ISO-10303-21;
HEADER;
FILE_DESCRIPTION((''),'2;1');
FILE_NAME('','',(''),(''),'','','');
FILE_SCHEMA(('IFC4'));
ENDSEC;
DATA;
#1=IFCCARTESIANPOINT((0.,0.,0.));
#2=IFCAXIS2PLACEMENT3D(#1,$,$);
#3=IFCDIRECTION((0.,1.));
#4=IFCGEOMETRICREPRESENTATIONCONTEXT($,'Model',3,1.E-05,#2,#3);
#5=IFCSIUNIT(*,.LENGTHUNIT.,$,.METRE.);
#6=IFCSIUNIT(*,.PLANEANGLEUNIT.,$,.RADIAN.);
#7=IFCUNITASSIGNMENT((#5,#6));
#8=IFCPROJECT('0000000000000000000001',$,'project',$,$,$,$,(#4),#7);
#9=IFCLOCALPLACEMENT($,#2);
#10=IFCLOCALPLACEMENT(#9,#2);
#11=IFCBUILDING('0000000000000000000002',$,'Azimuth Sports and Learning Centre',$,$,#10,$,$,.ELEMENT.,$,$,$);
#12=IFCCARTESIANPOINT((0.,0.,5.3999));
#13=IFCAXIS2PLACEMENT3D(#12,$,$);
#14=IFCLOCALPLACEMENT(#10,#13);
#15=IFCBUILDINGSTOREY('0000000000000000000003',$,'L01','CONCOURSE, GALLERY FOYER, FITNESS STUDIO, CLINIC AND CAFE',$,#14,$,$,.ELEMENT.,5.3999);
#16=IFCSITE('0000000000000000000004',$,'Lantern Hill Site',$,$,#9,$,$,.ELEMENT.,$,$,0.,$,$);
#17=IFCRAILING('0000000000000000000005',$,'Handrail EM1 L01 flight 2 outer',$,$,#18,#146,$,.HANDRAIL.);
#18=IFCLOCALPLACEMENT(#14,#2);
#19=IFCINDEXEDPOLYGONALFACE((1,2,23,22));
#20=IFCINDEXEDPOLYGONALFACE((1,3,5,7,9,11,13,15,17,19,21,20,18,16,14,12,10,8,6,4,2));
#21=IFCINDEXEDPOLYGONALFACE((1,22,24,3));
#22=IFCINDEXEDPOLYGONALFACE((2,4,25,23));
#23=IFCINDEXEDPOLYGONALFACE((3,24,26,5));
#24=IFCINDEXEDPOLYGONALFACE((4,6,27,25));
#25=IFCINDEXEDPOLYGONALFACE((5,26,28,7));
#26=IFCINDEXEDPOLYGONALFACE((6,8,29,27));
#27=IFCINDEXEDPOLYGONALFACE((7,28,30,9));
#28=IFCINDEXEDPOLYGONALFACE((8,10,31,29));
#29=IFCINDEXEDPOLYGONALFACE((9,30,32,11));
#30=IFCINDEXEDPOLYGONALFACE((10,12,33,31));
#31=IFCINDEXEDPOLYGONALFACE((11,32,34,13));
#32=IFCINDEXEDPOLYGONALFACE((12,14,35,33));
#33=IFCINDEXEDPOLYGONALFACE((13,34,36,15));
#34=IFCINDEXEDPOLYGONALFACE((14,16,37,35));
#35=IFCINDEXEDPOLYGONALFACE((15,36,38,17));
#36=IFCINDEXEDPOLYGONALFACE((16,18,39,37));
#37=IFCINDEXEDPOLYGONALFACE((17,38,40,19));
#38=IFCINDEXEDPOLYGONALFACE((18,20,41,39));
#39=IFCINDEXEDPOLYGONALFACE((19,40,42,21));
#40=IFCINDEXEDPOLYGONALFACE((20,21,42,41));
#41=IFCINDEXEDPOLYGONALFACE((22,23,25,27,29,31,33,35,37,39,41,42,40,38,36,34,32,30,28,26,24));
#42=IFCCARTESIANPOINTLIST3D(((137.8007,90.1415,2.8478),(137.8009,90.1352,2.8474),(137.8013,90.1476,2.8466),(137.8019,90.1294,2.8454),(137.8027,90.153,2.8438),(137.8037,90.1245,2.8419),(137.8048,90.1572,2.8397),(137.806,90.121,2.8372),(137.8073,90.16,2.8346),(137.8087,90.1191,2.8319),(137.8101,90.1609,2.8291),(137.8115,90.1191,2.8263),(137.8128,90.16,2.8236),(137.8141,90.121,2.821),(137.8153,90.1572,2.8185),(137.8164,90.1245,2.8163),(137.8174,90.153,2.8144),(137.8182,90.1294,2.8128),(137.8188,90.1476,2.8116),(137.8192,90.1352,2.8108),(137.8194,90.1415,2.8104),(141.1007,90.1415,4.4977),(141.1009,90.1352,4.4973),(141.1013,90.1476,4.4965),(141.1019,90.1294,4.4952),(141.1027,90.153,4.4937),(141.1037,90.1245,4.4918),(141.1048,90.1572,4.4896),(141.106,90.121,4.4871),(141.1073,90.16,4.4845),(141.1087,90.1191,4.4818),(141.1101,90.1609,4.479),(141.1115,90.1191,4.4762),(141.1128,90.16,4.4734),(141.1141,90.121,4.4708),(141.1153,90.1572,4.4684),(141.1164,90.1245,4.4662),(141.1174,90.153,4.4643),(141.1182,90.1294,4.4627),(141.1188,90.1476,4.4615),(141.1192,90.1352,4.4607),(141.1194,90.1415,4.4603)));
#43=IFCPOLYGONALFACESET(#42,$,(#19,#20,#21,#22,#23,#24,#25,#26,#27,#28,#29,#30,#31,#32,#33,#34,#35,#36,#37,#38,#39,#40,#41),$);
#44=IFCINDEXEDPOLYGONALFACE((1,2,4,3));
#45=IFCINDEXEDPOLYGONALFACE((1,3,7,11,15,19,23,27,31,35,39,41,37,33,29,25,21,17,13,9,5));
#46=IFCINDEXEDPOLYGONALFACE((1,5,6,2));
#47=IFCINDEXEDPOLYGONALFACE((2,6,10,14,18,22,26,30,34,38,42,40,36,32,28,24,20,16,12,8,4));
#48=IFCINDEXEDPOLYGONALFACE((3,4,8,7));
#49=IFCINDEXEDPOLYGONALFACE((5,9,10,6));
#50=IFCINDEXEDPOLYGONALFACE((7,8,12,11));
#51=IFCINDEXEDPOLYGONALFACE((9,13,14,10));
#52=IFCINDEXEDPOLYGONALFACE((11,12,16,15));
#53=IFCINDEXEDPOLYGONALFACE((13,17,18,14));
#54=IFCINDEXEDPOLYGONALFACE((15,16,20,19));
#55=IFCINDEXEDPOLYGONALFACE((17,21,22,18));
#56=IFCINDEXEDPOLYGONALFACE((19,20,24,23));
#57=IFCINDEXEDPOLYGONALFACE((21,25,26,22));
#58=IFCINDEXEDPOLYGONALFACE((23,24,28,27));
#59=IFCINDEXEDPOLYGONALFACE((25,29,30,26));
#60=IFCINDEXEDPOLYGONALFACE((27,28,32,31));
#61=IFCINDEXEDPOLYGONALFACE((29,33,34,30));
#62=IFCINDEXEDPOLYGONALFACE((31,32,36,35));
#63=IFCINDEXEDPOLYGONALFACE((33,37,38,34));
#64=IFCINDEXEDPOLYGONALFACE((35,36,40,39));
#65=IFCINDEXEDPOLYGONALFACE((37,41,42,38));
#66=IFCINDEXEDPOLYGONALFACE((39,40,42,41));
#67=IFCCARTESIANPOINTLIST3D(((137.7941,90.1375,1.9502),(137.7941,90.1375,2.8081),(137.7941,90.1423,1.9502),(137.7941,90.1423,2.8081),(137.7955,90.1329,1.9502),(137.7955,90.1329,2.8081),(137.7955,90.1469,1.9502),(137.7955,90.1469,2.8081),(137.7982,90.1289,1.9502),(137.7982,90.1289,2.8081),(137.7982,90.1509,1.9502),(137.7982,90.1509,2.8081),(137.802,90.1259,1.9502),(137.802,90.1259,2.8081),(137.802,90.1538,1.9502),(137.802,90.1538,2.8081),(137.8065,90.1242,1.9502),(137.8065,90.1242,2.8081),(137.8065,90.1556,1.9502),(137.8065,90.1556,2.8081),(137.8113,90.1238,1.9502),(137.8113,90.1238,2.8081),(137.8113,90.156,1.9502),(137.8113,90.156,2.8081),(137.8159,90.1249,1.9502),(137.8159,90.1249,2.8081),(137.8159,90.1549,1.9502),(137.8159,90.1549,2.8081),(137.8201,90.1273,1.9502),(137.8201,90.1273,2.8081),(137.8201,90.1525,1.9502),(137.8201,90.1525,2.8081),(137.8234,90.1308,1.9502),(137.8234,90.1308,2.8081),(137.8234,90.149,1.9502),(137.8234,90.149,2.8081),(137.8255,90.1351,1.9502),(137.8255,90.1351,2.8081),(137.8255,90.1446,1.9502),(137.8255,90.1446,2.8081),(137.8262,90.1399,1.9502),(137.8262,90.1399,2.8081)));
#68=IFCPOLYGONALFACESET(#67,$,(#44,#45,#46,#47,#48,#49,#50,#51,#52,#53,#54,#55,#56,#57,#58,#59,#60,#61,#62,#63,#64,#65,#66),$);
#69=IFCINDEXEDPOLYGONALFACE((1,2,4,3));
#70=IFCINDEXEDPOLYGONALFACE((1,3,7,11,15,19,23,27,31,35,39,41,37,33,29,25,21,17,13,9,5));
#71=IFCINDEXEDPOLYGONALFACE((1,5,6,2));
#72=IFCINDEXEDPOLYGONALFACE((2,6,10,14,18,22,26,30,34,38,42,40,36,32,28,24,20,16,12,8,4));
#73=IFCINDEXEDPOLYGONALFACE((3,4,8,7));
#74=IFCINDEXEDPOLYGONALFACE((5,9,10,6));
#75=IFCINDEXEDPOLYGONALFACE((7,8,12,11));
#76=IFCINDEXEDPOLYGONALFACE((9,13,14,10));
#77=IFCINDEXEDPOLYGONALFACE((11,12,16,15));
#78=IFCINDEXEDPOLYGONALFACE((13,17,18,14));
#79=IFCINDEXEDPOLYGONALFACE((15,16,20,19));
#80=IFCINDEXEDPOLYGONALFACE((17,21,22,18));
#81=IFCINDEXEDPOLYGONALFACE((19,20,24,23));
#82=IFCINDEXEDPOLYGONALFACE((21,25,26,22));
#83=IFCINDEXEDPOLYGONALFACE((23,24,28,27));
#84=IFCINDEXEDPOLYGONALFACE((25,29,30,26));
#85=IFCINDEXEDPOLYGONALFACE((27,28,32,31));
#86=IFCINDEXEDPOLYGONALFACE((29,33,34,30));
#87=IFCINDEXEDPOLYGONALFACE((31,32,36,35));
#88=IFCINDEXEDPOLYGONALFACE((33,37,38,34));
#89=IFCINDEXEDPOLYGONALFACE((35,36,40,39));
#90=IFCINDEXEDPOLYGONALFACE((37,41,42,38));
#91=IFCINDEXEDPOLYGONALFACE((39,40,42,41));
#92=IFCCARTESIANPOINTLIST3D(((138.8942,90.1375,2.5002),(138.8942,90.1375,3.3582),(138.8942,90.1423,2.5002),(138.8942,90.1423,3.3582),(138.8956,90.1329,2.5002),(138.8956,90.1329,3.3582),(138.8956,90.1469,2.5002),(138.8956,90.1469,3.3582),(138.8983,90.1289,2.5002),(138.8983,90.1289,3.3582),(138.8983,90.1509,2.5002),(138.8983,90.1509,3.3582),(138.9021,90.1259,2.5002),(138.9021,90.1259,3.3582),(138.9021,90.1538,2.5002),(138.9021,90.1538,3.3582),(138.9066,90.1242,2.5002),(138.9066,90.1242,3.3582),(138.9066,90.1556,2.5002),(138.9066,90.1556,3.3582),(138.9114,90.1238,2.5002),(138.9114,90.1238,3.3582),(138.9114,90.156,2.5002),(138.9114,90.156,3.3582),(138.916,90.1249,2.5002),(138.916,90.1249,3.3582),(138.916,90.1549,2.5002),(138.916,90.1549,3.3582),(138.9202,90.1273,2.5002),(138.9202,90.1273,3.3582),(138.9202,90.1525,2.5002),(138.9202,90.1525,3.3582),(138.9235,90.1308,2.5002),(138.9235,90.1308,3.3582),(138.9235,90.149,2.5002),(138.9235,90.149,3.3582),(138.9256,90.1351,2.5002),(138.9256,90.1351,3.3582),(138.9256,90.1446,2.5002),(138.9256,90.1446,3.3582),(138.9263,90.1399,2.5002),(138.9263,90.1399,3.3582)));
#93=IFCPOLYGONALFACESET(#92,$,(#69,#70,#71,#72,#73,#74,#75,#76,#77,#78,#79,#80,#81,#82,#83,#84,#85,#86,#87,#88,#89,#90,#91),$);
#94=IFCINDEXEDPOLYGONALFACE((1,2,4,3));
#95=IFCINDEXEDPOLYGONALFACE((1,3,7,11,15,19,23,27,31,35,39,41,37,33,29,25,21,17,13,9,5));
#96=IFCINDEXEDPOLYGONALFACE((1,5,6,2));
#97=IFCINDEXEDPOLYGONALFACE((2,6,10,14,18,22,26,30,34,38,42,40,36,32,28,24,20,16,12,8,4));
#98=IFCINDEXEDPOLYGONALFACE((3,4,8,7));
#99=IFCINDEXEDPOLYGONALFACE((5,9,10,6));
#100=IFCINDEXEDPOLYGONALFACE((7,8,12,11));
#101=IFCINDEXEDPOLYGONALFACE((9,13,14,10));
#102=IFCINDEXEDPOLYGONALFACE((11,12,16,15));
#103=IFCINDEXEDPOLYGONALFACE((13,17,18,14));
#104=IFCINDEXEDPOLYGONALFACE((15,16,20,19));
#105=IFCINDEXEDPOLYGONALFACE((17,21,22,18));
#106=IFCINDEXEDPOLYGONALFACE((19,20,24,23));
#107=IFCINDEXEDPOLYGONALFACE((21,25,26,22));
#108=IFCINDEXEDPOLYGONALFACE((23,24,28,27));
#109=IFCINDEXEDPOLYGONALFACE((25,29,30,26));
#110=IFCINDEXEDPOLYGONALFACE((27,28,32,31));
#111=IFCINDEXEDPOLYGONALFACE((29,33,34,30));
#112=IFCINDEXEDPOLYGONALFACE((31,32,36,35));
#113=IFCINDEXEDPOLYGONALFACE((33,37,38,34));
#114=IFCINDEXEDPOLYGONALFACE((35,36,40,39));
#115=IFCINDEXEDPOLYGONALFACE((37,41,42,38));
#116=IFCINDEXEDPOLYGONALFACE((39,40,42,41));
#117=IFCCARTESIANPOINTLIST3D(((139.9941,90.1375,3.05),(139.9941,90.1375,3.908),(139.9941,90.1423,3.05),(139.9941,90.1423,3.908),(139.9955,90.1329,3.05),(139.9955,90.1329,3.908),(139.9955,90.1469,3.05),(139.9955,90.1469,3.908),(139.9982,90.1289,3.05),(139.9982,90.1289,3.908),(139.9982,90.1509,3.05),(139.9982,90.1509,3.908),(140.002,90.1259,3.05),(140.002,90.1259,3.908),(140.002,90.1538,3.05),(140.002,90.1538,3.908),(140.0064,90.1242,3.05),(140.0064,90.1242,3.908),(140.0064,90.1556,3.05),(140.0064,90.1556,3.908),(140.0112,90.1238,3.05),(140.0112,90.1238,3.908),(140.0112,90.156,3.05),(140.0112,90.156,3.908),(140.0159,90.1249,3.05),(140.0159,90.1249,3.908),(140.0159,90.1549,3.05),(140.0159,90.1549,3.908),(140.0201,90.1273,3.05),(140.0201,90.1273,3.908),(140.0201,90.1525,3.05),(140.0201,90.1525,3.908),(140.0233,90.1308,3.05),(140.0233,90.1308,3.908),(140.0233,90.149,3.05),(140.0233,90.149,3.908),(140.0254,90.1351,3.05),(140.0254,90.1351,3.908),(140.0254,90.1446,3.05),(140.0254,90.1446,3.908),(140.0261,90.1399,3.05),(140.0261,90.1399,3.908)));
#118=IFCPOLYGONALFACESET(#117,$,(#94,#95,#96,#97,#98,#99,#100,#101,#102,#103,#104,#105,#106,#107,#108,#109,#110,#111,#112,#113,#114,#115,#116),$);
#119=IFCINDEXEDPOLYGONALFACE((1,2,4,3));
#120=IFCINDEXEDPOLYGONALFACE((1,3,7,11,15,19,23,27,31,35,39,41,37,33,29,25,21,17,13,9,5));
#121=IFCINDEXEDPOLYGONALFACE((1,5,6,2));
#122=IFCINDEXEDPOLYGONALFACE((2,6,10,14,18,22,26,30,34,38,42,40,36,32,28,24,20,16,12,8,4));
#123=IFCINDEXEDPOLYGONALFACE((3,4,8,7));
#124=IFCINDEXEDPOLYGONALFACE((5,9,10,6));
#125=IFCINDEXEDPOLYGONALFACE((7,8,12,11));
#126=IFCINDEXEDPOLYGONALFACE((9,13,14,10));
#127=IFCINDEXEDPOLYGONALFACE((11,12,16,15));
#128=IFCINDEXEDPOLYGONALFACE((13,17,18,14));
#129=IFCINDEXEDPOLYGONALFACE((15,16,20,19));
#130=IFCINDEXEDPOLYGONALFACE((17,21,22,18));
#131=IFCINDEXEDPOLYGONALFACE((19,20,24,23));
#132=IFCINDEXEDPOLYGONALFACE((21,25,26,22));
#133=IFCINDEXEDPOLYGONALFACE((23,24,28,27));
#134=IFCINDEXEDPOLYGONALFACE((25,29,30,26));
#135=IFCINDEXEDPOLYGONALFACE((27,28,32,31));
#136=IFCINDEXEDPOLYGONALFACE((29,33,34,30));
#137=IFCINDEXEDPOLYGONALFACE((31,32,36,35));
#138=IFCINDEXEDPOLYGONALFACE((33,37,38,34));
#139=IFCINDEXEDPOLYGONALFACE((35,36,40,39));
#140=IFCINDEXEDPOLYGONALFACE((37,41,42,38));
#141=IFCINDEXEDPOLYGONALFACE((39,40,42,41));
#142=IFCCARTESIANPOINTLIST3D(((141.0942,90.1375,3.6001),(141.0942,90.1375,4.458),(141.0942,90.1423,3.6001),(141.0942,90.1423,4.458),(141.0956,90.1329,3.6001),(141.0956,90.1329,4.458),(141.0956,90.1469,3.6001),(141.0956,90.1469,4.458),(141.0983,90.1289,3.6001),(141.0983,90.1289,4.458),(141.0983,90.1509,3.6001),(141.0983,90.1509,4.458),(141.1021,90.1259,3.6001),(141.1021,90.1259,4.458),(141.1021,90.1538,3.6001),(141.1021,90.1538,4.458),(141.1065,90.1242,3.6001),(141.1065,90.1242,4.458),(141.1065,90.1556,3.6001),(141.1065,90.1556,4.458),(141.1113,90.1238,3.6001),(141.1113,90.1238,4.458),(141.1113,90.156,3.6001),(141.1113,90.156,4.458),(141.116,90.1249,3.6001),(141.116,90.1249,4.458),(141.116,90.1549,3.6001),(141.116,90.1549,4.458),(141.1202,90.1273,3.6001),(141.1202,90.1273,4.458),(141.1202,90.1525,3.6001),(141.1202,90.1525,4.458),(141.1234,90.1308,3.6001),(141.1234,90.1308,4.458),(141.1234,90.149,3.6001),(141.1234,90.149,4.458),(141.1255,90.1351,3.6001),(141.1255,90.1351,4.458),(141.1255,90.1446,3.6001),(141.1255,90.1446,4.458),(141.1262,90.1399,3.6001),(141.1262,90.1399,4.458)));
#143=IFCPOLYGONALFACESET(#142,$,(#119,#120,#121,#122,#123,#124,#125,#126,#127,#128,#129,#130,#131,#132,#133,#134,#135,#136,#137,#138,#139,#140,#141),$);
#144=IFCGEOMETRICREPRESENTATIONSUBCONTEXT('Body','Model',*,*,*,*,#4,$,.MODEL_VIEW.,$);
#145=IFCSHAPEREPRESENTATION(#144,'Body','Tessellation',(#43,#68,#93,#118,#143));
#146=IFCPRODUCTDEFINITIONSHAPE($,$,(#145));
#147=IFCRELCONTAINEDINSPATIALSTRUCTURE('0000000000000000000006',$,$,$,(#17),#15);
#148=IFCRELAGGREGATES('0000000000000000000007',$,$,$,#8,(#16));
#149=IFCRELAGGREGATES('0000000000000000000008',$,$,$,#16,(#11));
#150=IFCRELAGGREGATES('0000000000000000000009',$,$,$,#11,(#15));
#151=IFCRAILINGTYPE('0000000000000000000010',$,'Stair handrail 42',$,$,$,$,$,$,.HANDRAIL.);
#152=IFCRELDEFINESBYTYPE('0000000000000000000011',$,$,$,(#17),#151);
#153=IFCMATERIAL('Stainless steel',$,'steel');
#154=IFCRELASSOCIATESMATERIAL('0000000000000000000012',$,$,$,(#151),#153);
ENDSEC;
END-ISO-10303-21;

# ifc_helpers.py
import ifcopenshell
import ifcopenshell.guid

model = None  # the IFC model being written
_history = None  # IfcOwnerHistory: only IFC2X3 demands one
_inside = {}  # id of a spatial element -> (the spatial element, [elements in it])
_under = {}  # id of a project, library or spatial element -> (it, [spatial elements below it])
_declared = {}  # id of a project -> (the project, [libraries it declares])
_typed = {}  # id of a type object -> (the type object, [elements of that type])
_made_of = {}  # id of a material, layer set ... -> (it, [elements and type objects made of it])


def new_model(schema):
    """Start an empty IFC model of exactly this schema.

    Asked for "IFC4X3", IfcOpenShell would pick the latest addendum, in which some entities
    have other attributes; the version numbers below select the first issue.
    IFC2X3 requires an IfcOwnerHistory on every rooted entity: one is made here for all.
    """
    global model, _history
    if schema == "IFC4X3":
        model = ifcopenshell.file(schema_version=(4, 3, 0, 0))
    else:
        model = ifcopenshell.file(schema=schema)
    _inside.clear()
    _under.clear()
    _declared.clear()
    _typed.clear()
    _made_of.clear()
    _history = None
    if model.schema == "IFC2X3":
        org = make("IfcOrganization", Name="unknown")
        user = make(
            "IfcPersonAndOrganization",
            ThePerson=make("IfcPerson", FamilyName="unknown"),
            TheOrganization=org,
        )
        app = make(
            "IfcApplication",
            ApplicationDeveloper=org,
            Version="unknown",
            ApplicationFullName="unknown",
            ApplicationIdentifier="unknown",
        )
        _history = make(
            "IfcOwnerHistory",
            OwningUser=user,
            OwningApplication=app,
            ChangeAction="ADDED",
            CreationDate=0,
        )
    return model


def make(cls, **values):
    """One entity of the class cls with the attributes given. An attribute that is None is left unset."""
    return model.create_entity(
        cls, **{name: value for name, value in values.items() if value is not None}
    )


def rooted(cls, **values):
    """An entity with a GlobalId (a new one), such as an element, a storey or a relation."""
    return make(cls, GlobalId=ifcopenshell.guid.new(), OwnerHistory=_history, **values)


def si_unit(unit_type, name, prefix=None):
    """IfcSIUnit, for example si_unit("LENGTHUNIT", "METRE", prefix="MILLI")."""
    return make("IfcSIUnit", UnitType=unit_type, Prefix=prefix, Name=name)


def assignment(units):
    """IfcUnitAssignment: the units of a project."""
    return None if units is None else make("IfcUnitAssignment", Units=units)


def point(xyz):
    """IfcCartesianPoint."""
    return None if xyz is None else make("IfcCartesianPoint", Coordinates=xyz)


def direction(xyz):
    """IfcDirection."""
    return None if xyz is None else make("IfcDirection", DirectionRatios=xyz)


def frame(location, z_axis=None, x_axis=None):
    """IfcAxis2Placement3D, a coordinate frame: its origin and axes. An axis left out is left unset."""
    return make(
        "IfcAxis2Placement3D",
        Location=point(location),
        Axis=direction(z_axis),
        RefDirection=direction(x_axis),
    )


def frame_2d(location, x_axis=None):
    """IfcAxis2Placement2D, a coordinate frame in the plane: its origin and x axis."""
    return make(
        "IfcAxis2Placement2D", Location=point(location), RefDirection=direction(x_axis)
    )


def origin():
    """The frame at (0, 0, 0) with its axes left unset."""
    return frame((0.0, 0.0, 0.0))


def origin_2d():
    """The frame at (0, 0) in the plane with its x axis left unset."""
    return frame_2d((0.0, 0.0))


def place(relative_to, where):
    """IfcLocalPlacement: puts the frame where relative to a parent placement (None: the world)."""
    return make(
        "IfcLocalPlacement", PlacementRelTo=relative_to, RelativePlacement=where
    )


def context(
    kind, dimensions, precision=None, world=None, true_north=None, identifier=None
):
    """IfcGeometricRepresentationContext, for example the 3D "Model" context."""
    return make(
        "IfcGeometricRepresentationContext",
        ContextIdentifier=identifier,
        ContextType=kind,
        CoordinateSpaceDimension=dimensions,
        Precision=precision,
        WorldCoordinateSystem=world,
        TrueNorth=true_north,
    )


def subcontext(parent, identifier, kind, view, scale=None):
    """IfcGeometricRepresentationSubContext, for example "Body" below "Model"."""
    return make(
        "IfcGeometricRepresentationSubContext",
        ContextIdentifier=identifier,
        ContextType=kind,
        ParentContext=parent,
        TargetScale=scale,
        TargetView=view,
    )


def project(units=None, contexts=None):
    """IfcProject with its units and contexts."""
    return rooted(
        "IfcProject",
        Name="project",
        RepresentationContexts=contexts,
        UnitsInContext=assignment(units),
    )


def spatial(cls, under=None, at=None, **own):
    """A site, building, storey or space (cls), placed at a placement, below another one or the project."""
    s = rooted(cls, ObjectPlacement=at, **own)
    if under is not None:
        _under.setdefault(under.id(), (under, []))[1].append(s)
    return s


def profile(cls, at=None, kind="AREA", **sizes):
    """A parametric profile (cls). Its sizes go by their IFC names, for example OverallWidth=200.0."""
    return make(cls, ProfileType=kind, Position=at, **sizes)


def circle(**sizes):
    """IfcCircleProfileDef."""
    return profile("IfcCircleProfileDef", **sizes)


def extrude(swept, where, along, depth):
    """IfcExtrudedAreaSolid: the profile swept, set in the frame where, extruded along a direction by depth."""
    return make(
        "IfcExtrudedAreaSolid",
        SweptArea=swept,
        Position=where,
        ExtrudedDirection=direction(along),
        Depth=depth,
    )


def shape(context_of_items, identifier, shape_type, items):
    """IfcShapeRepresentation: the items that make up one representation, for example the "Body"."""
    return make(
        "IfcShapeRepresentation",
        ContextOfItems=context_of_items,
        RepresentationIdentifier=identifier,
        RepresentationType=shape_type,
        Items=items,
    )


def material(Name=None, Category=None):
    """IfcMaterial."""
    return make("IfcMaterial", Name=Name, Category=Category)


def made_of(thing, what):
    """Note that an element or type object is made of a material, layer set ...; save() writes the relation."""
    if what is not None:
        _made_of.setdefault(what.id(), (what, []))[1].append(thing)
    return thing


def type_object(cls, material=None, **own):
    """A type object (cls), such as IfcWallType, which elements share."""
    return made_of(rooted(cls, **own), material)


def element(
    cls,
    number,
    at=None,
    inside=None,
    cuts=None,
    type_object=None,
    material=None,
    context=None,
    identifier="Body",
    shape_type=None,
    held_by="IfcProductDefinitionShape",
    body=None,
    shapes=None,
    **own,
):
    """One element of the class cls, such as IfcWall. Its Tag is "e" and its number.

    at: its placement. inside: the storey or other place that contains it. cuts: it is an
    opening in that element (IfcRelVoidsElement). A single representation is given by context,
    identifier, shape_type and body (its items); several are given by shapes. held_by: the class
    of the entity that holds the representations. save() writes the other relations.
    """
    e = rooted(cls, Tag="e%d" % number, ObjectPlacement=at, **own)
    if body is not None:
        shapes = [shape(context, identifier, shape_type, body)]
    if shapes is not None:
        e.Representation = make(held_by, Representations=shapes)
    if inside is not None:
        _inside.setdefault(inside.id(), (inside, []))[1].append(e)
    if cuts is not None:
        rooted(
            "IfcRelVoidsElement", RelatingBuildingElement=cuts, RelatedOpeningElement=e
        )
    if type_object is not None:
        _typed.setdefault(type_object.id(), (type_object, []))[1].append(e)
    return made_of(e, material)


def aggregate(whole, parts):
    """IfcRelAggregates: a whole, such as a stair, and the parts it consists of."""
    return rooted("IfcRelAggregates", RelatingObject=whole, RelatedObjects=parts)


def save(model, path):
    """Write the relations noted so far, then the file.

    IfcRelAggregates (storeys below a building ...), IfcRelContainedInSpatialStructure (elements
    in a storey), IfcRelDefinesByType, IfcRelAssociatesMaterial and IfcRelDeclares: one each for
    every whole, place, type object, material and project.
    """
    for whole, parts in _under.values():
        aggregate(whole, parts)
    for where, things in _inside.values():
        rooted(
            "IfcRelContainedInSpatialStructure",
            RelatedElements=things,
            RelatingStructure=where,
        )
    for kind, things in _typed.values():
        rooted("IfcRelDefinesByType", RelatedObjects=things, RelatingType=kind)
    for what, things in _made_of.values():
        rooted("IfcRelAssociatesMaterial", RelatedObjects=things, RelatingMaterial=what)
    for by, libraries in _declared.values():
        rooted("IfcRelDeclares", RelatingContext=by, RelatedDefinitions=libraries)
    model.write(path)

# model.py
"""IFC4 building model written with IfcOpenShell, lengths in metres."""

from ifc_helpers import new_model, si_unit, direction, frame, origin, origin_2d, place, context, subcontext, project, spatial, circle, extrude, material, type_object, element, save


model = new_model("IFC4")

# Units and contexts
model_context = context("Model", 3, precision=1e-05, world=origin(), true_north=direction((0.0, 1.0)))
body_context = subcontext(model_context, "Body", "Model", "MODEL_VIEW")
ifc_project = project(units=[si_unit("LENGTHUNIT", "METRE"), si_unit("PLANEANGLEUNIT", "RADIAN")], contexts=[model_context])

# Site, building, storey
site_placement = place(None, origin())
site = spatial("IfcSite", under=ifc_project, at=site_placement, Name="Lantern Hill Site", CompositionType="ELEMENT", RefElevation=0.0)
building_placement = place(site_placement, origin())
building = spatial("IfcBuilding", under=site, at=building_placement, Name="Azimuth Sports and Learning Centre", CompositionType="ELEMENT")
storey_placement = place(building_placement, frame((0.0, 0.0, 5.3999)))
storey = spatial("IfcBuildingStorey", under=building, at=storey_placement, Name="L01", Description="CONCOURSE, GALLERY FOYER, FITNESS STUDIO, CLINIC AND CAFE", CompositionType="ELEMENT", Elevation=5.3999)

# Railing
ifc_material_1 = material(Name="Stainless steel", Category="steel")
railing_type_1 = type_object("IfcRailingType", Name="Stair handrail 42", PredefinedType="HANDRAIL", material=ifc_material_1)
for number, where, name in (
    (1, (137.8101, 90.1399, 1.9502), "Handrail EM1 L01 flight 2 outer"),
):
    element("IfcRailing", number, at=place(storey_placement, frame(where)), inside=storey, type_object=railing_type_1, Name=name, PredefinedType="HANDRAIL", context=body_context, shape_type="SweptSolid", body=[
        extrude(circle(Radius=0.021, at=origin_2d()), frame((0.0, 0.0, 0.8789), z_axis=(0.89444, 0.0, 0.447187), x_axis=(0.0, 1.0, 0.0)), (0.0, 0.0, 1.0), 3.6895),
        extrude(circle(Radius=0.0161, at=origin_2d()), origin(), (0.0, 0.0, 1.0), 0.8579),
        extrude(circle(Radius=0.0161, at=origin_2d()), frame((1.1001, 0.0, 0.55)), (0.0, 0.0, 1.0), 0.8579),
        extrude(circle(Radius=0.0161, at=origin_2d()), frame((2.2, 0.0, 1.0999)), (0.0, 0.0, 1.0), 0.8579),
        extrude(circle(Radius=0.0161, at=origin_2d()), frame((3.3, 0.0, 1.6499)), (0.0, 0.0, 1.0), 0.8579),
    ])

save(model, "model.ifc")
